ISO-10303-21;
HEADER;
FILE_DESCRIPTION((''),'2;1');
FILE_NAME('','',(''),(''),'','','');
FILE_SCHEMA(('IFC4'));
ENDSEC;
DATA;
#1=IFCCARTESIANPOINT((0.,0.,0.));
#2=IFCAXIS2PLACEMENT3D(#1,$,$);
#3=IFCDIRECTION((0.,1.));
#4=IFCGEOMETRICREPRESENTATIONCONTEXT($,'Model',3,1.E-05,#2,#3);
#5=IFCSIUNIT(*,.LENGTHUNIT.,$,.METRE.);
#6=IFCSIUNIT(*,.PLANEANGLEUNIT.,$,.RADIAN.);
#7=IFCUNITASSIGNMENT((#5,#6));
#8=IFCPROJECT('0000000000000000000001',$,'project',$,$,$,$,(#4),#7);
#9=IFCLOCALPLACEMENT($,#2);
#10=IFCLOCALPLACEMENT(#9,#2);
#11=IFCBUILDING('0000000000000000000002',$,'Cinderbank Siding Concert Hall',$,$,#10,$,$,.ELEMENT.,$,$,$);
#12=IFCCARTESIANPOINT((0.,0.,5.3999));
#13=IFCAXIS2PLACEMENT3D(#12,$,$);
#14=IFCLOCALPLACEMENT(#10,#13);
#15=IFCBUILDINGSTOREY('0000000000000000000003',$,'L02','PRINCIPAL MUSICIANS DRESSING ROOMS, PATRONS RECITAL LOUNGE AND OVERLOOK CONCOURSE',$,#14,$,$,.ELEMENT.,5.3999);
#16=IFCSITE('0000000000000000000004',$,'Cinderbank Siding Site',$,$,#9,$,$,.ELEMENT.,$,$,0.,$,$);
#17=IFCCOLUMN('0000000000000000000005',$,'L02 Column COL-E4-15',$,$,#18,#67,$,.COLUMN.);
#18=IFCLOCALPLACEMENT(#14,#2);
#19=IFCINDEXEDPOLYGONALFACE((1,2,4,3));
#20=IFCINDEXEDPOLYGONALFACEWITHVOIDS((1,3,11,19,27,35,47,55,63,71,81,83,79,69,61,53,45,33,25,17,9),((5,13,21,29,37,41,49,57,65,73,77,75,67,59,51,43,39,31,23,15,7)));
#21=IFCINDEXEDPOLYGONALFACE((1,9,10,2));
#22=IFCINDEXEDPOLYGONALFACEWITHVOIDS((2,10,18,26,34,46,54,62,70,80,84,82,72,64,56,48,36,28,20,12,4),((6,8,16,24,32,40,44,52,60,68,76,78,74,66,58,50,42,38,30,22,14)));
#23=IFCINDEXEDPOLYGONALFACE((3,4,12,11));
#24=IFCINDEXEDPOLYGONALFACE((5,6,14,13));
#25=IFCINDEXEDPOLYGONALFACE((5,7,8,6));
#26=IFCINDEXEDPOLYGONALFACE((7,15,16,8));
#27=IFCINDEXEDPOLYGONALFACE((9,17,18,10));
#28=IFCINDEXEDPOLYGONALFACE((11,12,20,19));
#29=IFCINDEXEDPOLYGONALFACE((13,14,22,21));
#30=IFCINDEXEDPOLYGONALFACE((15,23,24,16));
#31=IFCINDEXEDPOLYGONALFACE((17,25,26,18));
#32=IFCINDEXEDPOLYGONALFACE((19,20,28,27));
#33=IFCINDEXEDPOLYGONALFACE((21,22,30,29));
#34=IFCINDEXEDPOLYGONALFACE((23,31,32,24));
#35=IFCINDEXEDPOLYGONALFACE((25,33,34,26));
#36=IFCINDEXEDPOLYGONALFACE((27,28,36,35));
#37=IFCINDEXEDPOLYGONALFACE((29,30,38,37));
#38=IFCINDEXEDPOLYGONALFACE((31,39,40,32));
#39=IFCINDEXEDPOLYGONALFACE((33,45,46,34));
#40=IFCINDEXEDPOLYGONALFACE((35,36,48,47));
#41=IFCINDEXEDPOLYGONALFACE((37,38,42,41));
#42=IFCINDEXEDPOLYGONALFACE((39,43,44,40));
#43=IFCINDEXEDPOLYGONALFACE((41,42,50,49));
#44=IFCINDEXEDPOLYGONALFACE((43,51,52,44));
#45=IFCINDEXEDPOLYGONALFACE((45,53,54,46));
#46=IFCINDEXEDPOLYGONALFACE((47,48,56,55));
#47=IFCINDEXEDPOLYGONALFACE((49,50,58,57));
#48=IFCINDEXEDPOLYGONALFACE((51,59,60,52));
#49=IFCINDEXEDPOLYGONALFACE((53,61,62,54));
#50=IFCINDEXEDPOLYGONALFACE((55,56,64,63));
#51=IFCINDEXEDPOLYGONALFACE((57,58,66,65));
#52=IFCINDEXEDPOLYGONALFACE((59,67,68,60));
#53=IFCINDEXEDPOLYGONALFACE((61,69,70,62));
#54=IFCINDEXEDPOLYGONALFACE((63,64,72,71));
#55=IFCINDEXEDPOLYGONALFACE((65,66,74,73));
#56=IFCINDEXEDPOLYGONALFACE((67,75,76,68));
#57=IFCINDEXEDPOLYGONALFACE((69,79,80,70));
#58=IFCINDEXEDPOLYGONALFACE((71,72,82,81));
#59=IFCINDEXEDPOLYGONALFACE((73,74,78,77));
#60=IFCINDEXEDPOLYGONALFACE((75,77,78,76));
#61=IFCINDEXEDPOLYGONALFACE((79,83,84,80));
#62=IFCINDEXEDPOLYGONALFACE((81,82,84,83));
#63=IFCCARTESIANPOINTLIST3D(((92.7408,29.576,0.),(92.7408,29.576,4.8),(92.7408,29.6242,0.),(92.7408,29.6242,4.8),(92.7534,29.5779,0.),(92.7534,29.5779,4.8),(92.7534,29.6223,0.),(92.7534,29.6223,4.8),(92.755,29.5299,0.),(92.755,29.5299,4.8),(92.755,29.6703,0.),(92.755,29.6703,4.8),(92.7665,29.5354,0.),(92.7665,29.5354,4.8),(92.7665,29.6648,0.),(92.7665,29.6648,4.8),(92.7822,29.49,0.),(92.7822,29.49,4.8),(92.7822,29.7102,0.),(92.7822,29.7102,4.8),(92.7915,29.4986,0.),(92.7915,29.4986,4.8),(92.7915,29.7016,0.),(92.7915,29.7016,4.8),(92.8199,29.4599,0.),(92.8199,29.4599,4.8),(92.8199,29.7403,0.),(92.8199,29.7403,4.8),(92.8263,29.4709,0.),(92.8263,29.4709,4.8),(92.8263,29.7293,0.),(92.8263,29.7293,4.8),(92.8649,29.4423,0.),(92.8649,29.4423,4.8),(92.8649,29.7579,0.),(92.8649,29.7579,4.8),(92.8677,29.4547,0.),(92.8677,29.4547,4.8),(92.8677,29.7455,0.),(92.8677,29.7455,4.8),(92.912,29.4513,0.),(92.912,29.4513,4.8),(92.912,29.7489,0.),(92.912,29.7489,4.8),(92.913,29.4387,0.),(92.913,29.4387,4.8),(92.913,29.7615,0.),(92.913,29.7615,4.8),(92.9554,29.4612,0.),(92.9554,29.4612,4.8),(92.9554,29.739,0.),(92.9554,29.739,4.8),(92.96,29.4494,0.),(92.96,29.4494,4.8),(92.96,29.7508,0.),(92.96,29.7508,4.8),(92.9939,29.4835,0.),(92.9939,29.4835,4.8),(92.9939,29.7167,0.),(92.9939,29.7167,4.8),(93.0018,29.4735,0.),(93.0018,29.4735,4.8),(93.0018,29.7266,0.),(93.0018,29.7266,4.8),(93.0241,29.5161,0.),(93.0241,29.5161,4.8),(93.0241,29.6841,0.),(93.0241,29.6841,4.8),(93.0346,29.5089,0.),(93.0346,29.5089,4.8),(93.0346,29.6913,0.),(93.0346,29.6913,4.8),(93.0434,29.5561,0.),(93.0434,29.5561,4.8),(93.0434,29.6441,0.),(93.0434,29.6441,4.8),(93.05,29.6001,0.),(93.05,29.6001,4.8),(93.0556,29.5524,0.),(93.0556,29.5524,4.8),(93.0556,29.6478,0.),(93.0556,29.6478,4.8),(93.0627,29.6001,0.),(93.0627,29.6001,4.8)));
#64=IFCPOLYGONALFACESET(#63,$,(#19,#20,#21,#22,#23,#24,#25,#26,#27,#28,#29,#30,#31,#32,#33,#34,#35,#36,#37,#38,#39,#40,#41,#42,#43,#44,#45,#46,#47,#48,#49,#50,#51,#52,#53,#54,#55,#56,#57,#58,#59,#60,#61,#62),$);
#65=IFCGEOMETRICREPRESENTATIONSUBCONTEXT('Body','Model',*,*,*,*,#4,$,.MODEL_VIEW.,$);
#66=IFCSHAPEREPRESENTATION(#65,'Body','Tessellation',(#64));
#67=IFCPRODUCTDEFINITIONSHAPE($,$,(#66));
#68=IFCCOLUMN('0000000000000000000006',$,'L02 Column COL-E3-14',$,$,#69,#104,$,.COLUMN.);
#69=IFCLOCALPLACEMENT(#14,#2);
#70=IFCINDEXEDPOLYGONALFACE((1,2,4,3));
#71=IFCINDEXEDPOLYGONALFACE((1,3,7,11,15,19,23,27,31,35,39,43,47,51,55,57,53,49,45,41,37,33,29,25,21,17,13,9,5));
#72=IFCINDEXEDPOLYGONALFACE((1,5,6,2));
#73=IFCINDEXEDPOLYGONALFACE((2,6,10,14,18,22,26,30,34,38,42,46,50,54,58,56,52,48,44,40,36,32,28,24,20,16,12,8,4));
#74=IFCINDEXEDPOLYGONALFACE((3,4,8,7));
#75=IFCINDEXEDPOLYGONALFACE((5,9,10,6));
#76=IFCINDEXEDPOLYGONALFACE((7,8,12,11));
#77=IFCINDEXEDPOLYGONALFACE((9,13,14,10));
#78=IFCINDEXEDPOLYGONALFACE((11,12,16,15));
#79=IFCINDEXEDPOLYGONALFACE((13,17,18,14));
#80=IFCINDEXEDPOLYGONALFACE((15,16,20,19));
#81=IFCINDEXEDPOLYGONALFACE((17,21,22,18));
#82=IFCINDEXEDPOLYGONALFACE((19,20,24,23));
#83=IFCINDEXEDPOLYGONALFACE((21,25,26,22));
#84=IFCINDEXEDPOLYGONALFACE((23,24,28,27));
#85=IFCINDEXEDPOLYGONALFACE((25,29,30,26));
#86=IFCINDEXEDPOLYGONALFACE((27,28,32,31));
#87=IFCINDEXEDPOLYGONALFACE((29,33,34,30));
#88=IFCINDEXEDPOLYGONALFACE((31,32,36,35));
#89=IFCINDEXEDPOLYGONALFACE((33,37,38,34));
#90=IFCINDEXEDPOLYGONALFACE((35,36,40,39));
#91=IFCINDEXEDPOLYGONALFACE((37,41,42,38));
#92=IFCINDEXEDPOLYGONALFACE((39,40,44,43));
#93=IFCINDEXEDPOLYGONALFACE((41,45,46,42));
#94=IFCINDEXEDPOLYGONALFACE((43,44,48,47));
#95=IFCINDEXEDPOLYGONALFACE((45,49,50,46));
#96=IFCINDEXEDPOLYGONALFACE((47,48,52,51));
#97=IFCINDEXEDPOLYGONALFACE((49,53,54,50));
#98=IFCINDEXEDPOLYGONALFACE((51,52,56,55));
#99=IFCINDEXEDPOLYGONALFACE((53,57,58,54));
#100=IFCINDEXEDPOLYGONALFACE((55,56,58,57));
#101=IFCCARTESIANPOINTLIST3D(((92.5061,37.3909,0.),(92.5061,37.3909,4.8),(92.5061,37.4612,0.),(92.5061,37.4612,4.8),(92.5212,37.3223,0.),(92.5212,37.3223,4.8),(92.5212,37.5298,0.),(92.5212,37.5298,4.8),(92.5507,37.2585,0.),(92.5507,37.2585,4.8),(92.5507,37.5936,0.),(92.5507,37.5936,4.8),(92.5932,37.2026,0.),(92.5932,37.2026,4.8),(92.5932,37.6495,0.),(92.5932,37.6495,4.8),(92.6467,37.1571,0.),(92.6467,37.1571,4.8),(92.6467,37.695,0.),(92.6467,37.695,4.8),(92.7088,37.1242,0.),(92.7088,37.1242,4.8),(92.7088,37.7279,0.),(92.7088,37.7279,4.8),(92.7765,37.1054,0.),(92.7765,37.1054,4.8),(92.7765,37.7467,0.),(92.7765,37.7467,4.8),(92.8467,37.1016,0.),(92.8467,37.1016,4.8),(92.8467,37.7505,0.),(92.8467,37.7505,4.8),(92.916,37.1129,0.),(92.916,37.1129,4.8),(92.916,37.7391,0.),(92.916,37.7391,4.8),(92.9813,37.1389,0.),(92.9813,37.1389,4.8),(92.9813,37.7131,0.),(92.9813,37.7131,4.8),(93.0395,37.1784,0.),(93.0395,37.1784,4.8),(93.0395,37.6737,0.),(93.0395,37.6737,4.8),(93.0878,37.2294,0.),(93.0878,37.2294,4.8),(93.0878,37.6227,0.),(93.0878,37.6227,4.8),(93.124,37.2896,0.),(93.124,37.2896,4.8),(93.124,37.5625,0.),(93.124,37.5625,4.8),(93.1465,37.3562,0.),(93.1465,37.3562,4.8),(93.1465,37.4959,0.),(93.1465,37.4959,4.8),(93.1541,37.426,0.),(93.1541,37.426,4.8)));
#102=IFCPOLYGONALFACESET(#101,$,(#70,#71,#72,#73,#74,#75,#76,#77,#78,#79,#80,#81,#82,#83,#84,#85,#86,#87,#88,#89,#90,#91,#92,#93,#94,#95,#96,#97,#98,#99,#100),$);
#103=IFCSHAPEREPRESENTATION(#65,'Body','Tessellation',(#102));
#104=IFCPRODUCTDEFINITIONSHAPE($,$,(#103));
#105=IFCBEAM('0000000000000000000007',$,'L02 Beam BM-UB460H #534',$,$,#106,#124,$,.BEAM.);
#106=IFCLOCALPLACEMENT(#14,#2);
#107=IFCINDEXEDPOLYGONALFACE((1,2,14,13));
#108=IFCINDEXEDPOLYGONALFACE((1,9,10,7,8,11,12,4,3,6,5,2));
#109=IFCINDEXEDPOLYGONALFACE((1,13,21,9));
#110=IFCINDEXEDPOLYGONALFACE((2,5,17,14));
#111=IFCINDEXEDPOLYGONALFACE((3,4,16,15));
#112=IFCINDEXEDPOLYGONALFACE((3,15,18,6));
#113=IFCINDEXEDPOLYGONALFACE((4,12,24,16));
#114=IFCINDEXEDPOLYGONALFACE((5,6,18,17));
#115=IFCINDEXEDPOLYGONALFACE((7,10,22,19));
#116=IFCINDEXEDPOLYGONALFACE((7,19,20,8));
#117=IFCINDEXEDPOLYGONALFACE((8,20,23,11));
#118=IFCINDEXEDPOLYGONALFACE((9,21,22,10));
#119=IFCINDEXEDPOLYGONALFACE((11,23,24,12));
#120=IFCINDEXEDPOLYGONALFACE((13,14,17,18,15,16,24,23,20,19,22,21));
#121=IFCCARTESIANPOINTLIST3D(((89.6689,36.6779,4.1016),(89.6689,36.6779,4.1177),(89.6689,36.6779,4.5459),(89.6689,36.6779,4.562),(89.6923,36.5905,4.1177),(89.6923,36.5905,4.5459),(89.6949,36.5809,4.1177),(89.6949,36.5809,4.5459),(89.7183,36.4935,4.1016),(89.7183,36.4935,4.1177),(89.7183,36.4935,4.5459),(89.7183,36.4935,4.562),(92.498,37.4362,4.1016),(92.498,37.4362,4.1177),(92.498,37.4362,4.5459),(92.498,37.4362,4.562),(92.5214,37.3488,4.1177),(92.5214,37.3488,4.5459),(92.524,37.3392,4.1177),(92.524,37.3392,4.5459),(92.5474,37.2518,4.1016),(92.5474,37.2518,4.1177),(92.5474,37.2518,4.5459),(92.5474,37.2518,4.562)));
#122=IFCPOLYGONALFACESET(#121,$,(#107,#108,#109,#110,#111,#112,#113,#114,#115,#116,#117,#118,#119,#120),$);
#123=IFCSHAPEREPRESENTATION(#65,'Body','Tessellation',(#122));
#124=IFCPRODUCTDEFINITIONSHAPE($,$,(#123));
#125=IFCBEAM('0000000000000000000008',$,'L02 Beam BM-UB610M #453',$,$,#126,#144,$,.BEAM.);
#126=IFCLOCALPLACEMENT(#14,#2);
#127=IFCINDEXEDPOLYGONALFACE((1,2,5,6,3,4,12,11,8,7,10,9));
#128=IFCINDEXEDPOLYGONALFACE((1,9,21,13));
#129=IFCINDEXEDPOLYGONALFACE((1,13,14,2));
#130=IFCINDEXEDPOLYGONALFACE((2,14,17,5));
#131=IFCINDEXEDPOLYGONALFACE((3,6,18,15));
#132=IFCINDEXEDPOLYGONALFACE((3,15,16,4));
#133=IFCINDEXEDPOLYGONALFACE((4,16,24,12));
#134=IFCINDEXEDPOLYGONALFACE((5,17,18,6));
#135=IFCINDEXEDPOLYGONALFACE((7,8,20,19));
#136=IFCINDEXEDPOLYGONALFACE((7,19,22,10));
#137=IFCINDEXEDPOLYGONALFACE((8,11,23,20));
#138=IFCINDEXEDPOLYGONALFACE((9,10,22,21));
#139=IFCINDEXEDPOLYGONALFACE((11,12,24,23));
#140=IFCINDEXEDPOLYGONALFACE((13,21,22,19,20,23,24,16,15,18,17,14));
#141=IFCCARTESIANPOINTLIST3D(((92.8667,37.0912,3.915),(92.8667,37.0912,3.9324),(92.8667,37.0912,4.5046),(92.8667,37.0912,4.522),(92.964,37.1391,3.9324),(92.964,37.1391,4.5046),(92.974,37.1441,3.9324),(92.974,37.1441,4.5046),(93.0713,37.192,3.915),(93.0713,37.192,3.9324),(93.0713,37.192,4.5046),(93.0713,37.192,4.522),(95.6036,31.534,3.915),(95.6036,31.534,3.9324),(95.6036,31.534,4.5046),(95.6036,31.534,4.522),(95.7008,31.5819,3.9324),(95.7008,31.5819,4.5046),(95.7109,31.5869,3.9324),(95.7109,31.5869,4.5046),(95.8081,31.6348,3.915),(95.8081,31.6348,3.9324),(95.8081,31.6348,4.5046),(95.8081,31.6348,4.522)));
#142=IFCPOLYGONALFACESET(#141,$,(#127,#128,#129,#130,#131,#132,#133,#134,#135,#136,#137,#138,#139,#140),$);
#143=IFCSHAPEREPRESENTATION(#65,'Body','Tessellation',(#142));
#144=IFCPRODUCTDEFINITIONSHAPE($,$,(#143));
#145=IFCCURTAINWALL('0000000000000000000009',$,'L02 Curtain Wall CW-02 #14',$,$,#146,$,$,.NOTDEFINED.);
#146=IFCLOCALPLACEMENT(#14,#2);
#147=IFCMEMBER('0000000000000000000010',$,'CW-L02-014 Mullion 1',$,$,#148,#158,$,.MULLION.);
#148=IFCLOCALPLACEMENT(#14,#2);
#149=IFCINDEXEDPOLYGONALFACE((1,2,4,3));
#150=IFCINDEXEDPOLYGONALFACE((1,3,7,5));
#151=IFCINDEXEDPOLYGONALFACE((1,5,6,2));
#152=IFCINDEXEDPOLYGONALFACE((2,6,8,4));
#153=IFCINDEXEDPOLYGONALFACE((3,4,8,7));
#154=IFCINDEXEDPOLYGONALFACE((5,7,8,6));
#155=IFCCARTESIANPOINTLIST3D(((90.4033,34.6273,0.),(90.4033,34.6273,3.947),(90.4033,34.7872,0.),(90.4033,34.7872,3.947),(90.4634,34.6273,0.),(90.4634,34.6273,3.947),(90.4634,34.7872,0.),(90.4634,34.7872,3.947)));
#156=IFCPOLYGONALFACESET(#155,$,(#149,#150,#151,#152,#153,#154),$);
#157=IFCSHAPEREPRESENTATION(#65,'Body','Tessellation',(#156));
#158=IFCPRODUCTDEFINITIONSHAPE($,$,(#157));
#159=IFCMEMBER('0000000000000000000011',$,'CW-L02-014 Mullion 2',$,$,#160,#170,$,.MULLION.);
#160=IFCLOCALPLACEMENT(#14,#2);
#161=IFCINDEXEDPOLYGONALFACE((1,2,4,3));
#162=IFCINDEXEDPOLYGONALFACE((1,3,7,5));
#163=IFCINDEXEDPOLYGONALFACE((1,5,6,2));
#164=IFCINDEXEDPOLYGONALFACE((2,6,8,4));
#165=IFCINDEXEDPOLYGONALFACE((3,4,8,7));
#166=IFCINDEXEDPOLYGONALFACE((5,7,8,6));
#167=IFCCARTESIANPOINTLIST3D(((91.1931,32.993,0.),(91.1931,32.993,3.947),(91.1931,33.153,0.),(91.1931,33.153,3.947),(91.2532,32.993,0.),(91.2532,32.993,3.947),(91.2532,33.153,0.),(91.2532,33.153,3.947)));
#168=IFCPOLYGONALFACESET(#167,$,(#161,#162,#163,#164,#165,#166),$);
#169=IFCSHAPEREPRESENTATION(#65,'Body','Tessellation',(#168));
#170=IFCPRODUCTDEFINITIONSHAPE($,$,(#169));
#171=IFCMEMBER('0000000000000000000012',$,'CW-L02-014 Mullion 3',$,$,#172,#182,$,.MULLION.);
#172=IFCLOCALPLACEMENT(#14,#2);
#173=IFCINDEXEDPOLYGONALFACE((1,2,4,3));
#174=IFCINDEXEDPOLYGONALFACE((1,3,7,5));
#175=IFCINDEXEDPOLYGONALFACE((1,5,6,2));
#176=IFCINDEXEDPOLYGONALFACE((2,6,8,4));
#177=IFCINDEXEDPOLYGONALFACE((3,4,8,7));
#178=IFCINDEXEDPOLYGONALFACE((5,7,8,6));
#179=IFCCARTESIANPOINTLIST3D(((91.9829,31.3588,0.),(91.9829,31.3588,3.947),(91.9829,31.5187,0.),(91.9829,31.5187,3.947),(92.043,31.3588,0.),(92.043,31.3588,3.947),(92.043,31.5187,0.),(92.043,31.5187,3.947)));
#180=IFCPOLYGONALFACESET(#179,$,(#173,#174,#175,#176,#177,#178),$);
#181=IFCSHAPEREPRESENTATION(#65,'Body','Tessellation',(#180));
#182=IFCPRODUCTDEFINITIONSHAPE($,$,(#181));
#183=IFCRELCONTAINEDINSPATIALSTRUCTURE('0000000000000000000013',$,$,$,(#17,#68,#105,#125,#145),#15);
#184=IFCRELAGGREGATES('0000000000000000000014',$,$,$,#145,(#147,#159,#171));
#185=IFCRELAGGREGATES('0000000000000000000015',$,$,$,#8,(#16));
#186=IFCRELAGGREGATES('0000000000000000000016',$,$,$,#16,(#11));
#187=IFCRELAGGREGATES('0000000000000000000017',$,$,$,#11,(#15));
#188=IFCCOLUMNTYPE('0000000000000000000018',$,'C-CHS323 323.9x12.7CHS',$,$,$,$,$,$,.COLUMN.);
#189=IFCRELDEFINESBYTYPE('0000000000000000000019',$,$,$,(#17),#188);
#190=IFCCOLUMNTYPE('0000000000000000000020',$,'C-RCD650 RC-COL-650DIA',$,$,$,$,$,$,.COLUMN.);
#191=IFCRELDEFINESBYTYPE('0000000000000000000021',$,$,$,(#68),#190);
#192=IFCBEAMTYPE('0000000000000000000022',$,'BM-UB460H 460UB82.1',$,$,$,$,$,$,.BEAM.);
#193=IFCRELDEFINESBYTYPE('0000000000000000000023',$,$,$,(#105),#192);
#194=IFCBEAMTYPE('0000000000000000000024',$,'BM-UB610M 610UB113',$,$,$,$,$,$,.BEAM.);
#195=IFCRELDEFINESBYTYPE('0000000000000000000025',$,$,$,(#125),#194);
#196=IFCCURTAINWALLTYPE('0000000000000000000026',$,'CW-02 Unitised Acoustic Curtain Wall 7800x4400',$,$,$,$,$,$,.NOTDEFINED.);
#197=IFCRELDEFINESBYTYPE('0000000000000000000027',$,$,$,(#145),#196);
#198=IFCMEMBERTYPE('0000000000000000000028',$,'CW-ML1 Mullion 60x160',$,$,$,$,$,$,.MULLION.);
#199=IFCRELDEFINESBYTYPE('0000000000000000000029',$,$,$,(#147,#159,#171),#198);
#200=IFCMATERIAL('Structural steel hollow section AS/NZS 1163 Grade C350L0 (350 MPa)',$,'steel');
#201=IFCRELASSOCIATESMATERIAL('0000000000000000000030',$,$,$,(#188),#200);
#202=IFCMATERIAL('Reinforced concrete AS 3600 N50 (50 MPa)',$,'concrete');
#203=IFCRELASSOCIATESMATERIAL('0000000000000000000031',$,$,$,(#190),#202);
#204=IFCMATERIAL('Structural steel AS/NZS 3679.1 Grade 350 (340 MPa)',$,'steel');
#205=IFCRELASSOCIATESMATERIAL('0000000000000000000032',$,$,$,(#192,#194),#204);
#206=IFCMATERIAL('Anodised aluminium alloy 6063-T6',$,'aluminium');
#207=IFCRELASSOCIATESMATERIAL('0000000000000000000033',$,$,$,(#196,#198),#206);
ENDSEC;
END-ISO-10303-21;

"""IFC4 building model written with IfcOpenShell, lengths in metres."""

from ifc_helpers import new_model, si_unit, direction, frame, origin, origin_2d, place, context, subcontext, project, spatial, rectangle, circle, hollow_circle, i_section, extrude, material, material_profile, profile_set, type_object, element, aggregate, save


model = new_model("IFC4")

# Units and contexts
model_context = context("Model", 3, precision=1e-05, world=origin(), true_north=direction((0.0, 1.0)))
body_context = subcontext(model_context, "Body", "Model", "MODEL_VIEW")
ifc_project = project(units=[si_unit("LENGTHUNIT", "METRE"), si_unit("PLANEANGLEUNIT", "RADIAN")], contexts=[model_context])

# Site, building, storey
site_placement = place(None, origin())
site = spatial("IfcSite", under=ifc_project, at=site_placement, Name="Cinderbank Siding Site", CompositionType="ELEMENT", RefElevation=0.0)
building_placement = place(site_placement, origin())
building = spatial("IfcBuilding", under=site, at=building_placement, Name="Cinderbank Siding Concert Hall", CompositionType="ELEMENT")
storey_placement = place(building_placement, frame((0.0, 0.0, 5.3999)))
storey = spatial("IfcBuildingStorey", under=building, at=storey_placement, Name="L02", Description="PRINCIPAL MUSICIANS DRESSING ROOMS, PATRONS RECITAL LOUNGE AND OVERLOOK CONCOURSE", CompositionType="ELEMENT", Elevation=5.3999)

# Columns
ifc_material_1 = material(Name="Structural steel hollow section AS/NZS 1163 Grade C350L0 (350 MPa)", Category="steel")
ifc_material_profile_1 = material_profile(ifc_material_1, hollow_circle(Radius=0.1619, WallThickness=0.0127, at=origin_2d()), Name="323.9x12.7CHS", Category="LoadBearing")
ifc_profile_set_1 = profile_set([ifc_material_profile_1], Name="Structural steel hollow section AS/NZS 1163 Grade C350L0 (350 MPa)")
column_type_1 = type_object("IfcColumnType", Name="C-CHS323 323.9x12.7CHS", PredefinedType="COLUMN", material=ifc_profile_set_1)
column_1_placement = place(storey_placement, frame((92.9009, 29.6001, 0.0), z_axis=(0.0, 0.0, 1.0), x_axis=(1.0, 0.0, 0.0)))
element("IfcColumn", 1, at=column_1_placement, inside=storey, type_object=column_type_1, Name="L02 Column COL-E4-15", PredefinedType="COLUMN", context=body_context, shape_type="SweptSolid", body=[
    extrude(hollow_circle(Radius=0.1619, WallThickness=0.0127, at=origin_2d()), origin(), (0.0, 0.0, 1.0), 4.8),
])
ifc_material_2 = material(Name="Reinforced concrete AS 3600 N50 (50 MPa)", Category="concrete")
ifc_material_profile_2 = material_profile(ifc_material_2, circle(Radius=0.325, at=origin_2d()), Name="RC-COL-650DIA", Category="LoadBearing")
ifc_profile_set_2 = profile_set([ifc_material_profile_2], Name="Reinforced concrete AS 3600 N50 (50 MPa)")
column_type_2 = type_object("IfcColumnType", Name="C-RCD650 RC-COL-650DIA", PredefinedType="COLUMN", material=ifc_profile_set_2)
column_2_placement = place(storey_placement, frame((92.8291, 37.426, 0.0), z_axis=(0.0, 0.0, 1.0), x_axis=(1.0, 0.0, 0.0)))
element("IfcColumn", 2, at=column_2_placement, inside=storey, type_object=column_type_2, Name="L02 Column COL-E3-14", PredefinedType="COLUMN", context=body_context, shape_type="SweptSolid", body=[
    extrude(circle(Radius=0.325, at=origin_2d()), origin(), (0.0, 0.0, 1.0), 4.8),
])

# Beams
ifc_material_3 = material(Name="Structural steel AS/NZS 3679.1 Grade 350 (340 MPa)", Category="steel")
ifc_material_profile_3 = material_profile(ifc_material_3, i_section(OverallWidth=0.1909, OverallDepth=0.4604, WebThickness=0.01, FlangeThickness=0.0161, at=origin_2d()), Name="460UB82.1", Category="LoadBearing")
ifc_profile_set_3 = profile_set([ifc_material_profile_3], Name="Structural steel AS/NZS 3679.1 Grade 350 (340 MPa)")
beam_type_1 = type_object("IfcBeamType", Name="BM-UB460H 460UB82.1", PredefinedType="BEAM", material=ifc_profile_set_3)
beam_1_placement = place(storey_placement, frame((92.5227, 37.344, 4.3318), z_axis=(-0.965905, -0.258897, 0.0), x_axis=(0.258897, -0.965905, 0.0)))
element("IfcBeam", 3, at=beam_1_placement, inside=storey, type_object=beam_type_1, Name="L02 Beam BM-UB460H #534", PredefinedType="BEAM", context=body_context, shape_type="SweptSolid", body=[
    extrude(i_section(OverallWidth=0.1909, OverallDepth=0.4604, WebThickness=0.01, FlangeThickness=0.0161, at=origin_2d()), origin(), (0.0, 0.0, 1.0), 2.929),
])
ifc_material_profile_4 = material_profile(ifc_material_3, i_section(OverallWidth=0.228, OverallDepth=0.6069, WebThickness=0.0112, FlangeThickness=0.0173, at=origin_2d()), Name="610UB113", Category="LoadBearing")
ifc_profile_set_4 = profile_set([ifc_material_profile_4], Name="Structural steel AS/NZS 3679.1 Grade 350 (340 MPa)")
beam_type_2 = type_object("IfcBeamType", Name="BM-UB610M 610UB113", PredefinedType="BEAM", material=ifc_profile_set_4)
beam_2_placement = place(storey_placement, frame((92.969, 37.1416, 4.2185), z_axis=(0.441814, -0.897107, 0.0), x_axis=(0.897107, 0.441814, 0.0)))
element("IfcBeam", 4, at=beam_2_placement, inside=storey, type_object=beam_type_2, Name="L02 Beam BM-UB610M #453", PredefinedType="BEAM", context=body_context, shape_type="SweptSolid", body=[
    extrude(i_section(OverallWidth=0.228, OverallDepth=0.6069, WebThickness=0.0112, FlangeThickness=0.0173, at=origin_2d()), origin(), (0.0, 0.0, 1.0), 6.1946),
])

# Curtain wall, members
ifc_material_4 = material(Name="Anodised aluminium alloy 6063-T6", Category="aluminium")
curtain_wall_type_1 = type_object("IfcCurtainWallType", Name="CW-02 Unitised Acoustic Curtain Wall 7800x4400", PredefinedType="NOTDEFINED", material=ifc_material_4)
curtain_wall_1_placement = place(storey_placement, origin())
curtain_wall_1 = element("IfcCurtainWall", 5, at=curtain_wall_1_placement, inside=storey, type_object=curtain_wall_type_1, Name="L02 Curtain Wall CW-02 #14", PredefinedType="NOTDEFINED")
ifc_material_profile_5 = material_profile(ifc_material_4, rectangle(XDim=0.0601, YDim=0.1599, at=origin_2d()), Name="ALU-MULL-60x160", Category="LoadBearing")
ifc_profile_set_5 = profile_set([ifc_material_profile_5], Name="Anodised aluminium alloy 6063-T6")
member_type_1 = type_object("IfcMemberType", Name="CW-ML1 Mullion 60x160", PredefinedType="MULLION", material=ifc_profile_set_5)
member_1_placement = place(storey_placement, frame((90.4333, 34.7073, 0.0), z_axis=(0.0, 0.0, 1.0), x_axis=(1.0, 0.0, 0.0)))
member_1 = element("IfcMember", 6, at=member_1_placement, type_object=member_type_1, Name="CW-L02-014 Mullion 1", PredefinedType="MULLION", context=body_context, shape_type="SweptSolid", body=[
    extrude(rectangle(XDim=0.0601, YDim=0.1599, at=origin_2d()), origin(), (0.0, 0.0, 1.0), 3.947),
])
member_2_placement = place(storey_placement, frame((91.2231, 33.073, 0.0), z_axis=(0.0, 0.0, 1.0), x_axis=(1.0, 0.0, 0.0)))
member_2 = element("IfcMember", 7, at=member_2_placement, type_object=member_type_1, Name="CW-L02-014 Mullion 2", PredefinedType="MULLION", context=body_context, shape_type="SweptSolid", body=[
    extrude(rectangle(XDim=0.0601, YDim=0.1599, at=origin_2d()), origin(), (0.0, 0.0, 1.0), 3.947),
])
member_3_placement = place(storey_placement, frame((92.0129, 31.4387, 0.0), z_axis=(0.0, 0.0, 1.0), x_axis=(1.0, 0.0, 0.0)))
member_3 = element("IfcMember", 8, at=member_3_placement, type_object=member_type_1, Name="CW-L02-014 Mullion 3", PredefinedType="MULLION", context=body_context, shape_type="SweptSolid", body=[
    extrude(rectangle(XDim=0.0601, YDim=0.1599, at=origin_2d()), origin(), (0.0, 0.0, 1.0), 3.947),
])

aggregate(curtain_wall_1, [member_1, member_2, member_3])

save(model, "model.ifc")
